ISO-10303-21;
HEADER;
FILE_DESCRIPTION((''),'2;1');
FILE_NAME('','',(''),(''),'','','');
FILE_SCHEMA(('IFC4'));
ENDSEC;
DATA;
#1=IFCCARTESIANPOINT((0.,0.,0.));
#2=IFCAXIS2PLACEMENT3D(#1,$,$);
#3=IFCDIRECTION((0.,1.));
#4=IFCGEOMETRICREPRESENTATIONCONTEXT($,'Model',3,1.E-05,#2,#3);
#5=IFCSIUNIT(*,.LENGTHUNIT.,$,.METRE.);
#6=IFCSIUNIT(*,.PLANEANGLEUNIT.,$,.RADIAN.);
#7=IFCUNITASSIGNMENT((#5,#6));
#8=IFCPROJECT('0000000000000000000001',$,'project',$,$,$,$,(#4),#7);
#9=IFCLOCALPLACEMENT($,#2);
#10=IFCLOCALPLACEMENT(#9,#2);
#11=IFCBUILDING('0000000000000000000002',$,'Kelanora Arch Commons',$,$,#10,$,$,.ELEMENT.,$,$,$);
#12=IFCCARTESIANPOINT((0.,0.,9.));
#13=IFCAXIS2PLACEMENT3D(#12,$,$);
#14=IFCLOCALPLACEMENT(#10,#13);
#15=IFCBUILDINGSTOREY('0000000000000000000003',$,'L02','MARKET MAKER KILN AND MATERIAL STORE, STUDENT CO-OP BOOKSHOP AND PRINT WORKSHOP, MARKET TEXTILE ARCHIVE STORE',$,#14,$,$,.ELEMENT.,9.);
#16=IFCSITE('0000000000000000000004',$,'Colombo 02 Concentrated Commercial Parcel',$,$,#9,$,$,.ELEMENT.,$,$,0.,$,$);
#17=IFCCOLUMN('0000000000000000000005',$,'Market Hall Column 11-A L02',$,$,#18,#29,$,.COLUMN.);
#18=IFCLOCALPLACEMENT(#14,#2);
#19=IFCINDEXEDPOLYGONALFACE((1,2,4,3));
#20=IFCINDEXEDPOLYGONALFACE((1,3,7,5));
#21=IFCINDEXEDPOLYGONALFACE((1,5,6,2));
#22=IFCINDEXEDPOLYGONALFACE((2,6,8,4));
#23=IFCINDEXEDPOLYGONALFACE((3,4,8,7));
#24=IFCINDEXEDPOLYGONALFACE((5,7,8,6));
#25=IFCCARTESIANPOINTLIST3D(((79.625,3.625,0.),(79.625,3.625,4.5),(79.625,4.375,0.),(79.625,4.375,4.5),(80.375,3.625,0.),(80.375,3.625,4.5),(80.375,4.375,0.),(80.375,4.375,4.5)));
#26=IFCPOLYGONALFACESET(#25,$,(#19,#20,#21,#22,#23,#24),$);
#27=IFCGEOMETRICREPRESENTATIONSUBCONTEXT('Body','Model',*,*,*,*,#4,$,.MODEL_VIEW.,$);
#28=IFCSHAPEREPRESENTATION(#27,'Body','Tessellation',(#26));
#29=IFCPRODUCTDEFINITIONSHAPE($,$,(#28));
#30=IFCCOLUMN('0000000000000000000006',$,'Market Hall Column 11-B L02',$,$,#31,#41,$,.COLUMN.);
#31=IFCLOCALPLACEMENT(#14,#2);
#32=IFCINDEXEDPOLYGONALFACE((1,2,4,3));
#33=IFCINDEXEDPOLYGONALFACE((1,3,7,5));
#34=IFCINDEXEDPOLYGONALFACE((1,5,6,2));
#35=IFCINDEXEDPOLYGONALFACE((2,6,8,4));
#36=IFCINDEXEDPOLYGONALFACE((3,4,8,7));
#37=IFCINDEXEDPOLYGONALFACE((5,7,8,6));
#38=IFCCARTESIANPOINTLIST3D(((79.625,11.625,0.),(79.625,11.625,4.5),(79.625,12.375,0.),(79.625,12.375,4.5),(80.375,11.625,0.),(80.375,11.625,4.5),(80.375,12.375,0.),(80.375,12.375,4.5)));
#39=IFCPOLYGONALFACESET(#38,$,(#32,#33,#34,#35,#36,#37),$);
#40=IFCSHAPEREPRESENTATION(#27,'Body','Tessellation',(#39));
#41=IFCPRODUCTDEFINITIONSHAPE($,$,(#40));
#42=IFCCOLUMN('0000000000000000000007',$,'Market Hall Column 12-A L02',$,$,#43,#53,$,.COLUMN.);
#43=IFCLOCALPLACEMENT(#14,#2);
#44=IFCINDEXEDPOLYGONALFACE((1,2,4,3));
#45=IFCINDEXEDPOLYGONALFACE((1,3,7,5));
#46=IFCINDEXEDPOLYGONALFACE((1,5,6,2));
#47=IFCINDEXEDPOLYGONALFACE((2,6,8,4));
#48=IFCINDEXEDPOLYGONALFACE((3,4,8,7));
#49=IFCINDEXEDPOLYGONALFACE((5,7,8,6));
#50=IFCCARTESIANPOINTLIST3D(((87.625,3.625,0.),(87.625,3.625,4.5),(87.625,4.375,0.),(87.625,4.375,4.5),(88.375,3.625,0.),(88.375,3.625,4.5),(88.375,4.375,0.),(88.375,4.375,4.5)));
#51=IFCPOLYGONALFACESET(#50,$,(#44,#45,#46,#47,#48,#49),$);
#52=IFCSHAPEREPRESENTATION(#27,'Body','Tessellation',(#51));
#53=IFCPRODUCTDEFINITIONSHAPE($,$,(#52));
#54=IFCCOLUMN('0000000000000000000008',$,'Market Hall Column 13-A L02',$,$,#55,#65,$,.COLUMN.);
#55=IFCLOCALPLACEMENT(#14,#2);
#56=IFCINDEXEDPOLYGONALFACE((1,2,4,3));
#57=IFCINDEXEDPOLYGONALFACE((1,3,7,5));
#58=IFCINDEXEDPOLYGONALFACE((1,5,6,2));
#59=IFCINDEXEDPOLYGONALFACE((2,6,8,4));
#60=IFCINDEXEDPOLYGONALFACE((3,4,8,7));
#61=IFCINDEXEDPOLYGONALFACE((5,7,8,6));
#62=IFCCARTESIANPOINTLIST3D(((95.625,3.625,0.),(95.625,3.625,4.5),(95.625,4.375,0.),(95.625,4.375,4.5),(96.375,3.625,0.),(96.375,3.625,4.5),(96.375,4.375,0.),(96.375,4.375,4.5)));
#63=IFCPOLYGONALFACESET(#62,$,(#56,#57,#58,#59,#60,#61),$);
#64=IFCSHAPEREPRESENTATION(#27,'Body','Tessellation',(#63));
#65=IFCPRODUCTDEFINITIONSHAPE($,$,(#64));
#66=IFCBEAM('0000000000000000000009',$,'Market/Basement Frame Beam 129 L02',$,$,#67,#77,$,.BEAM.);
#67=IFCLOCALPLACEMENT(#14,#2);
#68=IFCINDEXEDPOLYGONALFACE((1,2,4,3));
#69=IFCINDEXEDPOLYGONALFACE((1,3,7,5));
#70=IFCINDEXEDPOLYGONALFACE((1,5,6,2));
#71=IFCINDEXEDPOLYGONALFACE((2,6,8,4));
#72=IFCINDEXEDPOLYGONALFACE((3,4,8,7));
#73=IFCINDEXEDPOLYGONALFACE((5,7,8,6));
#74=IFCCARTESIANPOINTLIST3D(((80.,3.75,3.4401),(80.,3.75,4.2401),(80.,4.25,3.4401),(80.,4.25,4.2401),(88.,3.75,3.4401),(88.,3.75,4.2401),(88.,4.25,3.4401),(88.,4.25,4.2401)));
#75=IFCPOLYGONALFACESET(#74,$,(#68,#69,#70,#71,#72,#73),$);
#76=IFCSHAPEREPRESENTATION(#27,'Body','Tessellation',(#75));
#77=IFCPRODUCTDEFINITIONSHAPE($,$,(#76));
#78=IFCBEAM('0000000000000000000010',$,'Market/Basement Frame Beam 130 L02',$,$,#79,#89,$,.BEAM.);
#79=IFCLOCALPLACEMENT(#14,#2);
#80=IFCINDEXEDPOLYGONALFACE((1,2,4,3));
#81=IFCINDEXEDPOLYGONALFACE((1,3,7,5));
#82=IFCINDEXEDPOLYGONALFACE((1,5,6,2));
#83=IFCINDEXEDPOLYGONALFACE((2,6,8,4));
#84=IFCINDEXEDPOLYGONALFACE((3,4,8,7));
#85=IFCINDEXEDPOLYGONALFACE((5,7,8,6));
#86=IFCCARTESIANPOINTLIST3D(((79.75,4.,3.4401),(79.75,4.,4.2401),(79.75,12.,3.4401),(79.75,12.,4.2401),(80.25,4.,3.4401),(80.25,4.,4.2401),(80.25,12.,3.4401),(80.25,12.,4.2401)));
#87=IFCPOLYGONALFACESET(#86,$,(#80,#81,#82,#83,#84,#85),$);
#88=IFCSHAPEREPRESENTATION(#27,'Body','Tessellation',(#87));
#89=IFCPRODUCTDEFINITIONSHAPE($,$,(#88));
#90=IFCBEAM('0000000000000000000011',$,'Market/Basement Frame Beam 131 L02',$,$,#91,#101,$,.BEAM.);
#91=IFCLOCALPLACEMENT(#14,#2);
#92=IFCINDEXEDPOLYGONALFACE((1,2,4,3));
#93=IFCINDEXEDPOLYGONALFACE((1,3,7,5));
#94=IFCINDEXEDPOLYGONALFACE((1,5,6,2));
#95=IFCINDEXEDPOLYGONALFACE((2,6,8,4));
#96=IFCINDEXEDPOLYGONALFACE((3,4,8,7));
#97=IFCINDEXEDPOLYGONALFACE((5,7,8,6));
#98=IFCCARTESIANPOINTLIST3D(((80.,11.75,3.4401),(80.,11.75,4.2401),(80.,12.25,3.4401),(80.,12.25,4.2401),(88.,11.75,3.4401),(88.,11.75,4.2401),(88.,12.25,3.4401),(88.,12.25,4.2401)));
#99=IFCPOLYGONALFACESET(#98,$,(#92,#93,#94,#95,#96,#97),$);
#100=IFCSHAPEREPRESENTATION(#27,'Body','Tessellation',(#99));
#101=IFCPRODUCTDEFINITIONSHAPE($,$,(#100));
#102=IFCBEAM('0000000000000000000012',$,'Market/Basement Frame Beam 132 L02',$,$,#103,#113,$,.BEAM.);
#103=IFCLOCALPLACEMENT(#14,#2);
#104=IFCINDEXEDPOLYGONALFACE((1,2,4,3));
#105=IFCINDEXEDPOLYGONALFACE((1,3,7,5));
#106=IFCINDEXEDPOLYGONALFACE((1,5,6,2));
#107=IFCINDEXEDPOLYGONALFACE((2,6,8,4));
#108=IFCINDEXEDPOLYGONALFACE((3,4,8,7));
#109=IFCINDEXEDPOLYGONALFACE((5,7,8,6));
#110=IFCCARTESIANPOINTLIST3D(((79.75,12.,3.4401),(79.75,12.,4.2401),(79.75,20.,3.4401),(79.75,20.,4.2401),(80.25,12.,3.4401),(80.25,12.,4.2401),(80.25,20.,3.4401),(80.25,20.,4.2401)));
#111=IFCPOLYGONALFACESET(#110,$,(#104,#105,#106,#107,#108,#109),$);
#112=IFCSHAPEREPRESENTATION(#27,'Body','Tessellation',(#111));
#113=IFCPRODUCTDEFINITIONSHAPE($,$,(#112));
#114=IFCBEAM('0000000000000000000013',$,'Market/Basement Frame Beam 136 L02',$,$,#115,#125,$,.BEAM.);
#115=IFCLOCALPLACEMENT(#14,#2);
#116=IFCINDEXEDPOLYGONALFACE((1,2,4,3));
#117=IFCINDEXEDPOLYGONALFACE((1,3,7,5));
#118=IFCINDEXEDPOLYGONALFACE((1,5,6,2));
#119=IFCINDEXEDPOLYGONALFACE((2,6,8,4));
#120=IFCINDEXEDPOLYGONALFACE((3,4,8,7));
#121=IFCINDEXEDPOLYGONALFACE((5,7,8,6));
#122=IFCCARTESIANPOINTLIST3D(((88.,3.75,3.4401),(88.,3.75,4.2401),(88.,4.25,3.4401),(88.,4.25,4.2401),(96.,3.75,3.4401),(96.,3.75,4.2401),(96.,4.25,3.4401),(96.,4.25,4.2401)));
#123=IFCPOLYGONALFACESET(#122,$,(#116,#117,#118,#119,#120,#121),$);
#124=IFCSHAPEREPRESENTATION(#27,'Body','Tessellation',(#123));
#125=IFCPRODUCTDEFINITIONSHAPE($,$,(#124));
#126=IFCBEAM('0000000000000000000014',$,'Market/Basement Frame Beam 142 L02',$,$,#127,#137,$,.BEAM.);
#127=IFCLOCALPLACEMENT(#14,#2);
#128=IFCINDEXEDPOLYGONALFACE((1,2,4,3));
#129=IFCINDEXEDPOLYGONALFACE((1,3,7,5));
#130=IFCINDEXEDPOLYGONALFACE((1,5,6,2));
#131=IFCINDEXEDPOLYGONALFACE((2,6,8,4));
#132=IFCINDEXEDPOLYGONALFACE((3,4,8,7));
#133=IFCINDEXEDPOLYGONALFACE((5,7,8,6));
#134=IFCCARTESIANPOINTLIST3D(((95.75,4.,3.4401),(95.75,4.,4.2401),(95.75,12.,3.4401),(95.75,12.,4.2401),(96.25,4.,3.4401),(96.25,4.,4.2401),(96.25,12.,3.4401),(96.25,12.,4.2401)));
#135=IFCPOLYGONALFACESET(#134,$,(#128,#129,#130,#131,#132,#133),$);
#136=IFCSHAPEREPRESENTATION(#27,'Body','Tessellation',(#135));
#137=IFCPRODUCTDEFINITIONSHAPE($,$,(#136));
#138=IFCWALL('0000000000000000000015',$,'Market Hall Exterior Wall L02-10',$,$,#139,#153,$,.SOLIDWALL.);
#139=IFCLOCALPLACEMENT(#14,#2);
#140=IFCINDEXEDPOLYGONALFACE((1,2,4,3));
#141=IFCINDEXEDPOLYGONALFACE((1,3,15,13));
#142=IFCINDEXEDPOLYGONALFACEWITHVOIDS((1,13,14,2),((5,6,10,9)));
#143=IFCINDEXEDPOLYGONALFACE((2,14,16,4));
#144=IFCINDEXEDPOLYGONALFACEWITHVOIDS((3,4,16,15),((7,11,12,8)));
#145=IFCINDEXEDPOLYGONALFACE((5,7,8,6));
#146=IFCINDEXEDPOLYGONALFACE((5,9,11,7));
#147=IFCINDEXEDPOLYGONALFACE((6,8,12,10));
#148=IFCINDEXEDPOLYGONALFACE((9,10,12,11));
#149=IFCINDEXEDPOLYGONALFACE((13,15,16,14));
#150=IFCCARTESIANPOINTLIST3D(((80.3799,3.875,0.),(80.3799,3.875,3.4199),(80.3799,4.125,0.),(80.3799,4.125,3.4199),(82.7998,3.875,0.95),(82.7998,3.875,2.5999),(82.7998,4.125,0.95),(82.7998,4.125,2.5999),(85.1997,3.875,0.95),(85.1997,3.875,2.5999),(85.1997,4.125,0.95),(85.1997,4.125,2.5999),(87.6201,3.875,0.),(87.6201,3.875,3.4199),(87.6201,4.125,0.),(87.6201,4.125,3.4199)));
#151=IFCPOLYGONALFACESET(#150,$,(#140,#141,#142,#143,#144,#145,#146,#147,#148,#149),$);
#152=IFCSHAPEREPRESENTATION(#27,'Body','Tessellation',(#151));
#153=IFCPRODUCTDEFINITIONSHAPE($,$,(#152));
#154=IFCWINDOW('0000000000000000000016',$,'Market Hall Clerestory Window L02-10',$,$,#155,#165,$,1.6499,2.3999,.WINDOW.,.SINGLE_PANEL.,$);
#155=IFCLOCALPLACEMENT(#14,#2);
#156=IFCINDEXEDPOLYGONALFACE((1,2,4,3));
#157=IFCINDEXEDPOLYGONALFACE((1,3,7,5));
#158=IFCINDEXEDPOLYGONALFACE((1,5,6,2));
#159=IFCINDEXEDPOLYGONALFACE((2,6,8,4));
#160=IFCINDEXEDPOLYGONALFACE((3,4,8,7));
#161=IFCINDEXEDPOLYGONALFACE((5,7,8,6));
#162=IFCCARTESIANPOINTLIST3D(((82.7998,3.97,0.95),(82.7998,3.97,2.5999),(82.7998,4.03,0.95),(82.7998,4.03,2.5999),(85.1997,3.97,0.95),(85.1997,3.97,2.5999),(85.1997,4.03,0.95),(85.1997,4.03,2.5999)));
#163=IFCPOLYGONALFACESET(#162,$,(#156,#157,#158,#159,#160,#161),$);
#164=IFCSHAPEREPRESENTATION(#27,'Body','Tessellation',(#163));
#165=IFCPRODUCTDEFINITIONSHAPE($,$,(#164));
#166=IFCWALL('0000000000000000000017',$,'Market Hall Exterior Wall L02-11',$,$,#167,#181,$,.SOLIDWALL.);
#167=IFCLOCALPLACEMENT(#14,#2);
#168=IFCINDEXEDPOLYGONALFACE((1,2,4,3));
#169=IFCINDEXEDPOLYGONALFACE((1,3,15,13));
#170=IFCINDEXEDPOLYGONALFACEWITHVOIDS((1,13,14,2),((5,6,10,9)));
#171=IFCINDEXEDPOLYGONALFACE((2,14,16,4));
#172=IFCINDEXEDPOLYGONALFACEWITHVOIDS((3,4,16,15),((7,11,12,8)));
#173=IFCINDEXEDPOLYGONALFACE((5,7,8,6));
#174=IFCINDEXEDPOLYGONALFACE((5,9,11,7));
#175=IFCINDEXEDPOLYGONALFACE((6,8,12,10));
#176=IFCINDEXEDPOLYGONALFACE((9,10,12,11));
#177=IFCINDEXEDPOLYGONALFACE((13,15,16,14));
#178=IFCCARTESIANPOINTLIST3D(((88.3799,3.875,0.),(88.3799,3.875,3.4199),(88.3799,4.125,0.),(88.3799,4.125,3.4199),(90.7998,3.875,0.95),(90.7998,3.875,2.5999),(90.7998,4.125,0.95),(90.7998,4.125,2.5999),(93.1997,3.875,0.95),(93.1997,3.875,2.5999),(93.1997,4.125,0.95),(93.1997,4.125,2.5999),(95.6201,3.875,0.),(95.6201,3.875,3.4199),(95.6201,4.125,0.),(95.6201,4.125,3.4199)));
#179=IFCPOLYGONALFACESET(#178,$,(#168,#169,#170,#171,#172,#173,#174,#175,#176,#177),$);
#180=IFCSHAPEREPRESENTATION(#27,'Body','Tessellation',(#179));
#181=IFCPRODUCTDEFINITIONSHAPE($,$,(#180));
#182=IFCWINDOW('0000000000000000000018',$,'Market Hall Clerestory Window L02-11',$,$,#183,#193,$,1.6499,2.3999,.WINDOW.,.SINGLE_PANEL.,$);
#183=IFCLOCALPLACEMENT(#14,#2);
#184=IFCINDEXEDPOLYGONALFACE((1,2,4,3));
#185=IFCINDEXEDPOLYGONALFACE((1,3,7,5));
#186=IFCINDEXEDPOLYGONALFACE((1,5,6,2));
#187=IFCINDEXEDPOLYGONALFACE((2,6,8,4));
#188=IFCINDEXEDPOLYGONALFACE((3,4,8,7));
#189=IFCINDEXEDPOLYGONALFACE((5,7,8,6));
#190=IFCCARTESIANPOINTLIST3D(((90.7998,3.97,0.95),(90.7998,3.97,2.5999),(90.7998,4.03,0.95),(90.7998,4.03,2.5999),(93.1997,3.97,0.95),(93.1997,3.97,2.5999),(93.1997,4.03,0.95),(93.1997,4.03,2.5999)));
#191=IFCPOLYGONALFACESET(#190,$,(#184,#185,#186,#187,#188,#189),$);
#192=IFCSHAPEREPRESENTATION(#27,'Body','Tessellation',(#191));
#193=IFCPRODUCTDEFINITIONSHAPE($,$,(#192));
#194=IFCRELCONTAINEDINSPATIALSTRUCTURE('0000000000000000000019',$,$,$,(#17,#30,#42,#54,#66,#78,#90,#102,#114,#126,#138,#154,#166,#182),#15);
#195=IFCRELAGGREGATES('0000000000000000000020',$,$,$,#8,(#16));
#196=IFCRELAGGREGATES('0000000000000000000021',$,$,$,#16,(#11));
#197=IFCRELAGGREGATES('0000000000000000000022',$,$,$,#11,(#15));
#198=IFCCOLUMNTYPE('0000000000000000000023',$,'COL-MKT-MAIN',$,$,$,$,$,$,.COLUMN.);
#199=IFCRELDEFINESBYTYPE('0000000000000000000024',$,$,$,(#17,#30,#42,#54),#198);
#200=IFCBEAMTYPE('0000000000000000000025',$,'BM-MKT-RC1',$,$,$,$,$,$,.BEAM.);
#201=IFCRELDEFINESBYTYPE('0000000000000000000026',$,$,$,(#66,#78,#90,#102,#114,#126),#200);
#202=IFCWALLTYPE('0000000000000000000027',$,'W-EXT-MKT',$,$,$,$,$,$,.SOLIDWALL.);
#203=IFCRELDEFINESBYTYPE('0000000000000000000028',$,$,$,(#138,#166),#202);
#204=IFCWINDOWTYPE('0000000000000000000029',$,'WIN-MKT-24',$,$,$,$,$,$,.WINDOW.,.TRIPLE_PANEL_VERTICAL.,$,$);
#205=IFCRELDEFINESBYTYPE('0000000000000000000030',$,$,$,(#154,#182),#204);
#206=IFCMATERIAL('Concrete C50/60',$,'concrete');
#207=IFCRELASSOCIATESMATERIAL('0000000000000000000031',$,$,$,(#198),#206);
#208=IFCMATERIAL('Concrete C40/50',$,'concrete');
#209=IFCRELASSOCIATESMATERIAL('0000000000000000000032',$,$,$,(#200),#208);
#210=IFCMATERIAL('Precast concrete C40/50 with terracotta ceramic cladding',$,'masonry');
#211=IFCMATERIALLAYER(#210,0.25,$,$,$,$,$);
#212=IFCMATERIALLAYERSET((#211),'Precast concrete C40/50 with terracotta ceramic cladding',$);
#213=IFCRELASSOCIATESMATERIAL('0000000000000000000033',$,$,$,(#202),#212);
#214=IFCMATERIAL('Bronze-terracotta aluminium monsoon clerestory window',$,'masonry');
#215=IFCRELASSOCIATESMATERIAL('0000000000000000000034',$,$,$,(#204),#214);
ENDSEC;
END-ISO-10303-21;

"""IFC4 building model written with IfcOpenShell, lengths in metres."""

from ifc_helpers import new_model, si_unit, direction, frame, frame_2d, origin, origin_2d, place, context, subcontext, project, spatial, rectangle, extrude, material, layer, layer_set, material_profile, profile_set, type_object, element, fill, save


model = new_model("IFC4")

# Units and contexts
model_context = context("Model", 3, precision=1e-05, world=origin(), true_north=direction((0.0, 1.0)))
body_context = subcontext(model_context, "Body", "Model", "MODEL_VIEW")
ifc_project = project(units=[si_unit("LENGTHUNIT", "METRE"), si_unit("PLANEANGLEUNIT", "RADIAN")], contexts=[model_context])

# Site, building, storey
site_placement = place(None, origin())
site = spatial("IfcSite", under=ifc_project, at=site_placement, Name="Colombo 02 Concentrated Commercial Parcel", CompositionType="ELEMENT", RefElevation=0.0)
building_placement = place(site_placement, origin())
building = spatial("IfcBuilding", under=site, at=building_placement, Name="Kelanora Arch Commons", CompositionType="ELEMENT")
storey_placement = place(building_placement, frame((0.0, 0.0, 9.0)))
storey = spatial("IfcBuildingStorey", under=building, at=storey_placement, Name="L02", Description="MARKET MAKER KILN AND MATERIAL STORE, STUDENT CO-OP BOOKSHOP AND PRINT WORKSHOP, MARKET TEXTILE ARCHIVE STORE", CompositionType="ELEMENT", Elevation=9.0)

# Columns
ifc_material_1 = material(Name="Concrete C50/60", Category="concrete")
ifc_material_profile_1 = material_profile(ifc_material_1, rectangle(XDim=0.75, YDim=0.75, at=origin_2d()), Name="RC750x750")
ifc_profile_set_1 = profile_set([ifc_material_profile_1], Name="Concrete C50/60")
column_type = type_object("IfcColumnType", Name="COL-MKT-MAIN", PredefinedType="COLUMN", material=ifc_profile_set_1)
for number, where, z_axis, x_axis, name in (
    (1, (80.0, 4.0, 0.0), (0.0, 0.0, 1.0), (1.0, 0.0, 0.0), "Market Hall Column 11-A L02"),
    (2, (80.0, 12.0, 0.0), (0.0, 0.0, 1.0), (1.0, 0.0, 0.0), "Market Hall Column 11-B L02"),
    (3, (88.0, 4.0, 0.0), (0.0, 0.0, 1.0), (1.0, 0.0, 0.0), "Market Hall Column 12-A L02"),
    (4, (96.0, 4.0, 0.0), (0.0, 0.0, 1.0), (1.0, 0.0, 0.0), "Market Hall Column 13-A L02"),
):
    element("IfcColumn", number, at=place(storey_placement, frame(where, z_axis=z_axis, x_axis=x_axis)), inside=storey, type_object=column_type, Name=name, PredefinedType="COLUMN", context=body_context, shape_type="SweptSolid", body=[
        extrude(rectangle(XDim=0.75, YDim=0.75, at=origin_2d()), origin(), (0.0, 0.0, 1.0), 4.5),
    ])

# Beams
ifc_material_2 = material(Name="Concrete C40/50", Category="concrete")
ifc_material_profile_2 = material_profile(ifc_material_2, rectangle(XDim=0.5, YDim=0.8, at=origin_2d()), Name="RCB500x800")
ifc_profile_set_2 = profile_set([ifc_material_profile_2], Name="Concrete C40/50")
beam_type = type_object("IfcBeamType", Name="BM-MKT-RC1", PredefinedType="BEAM", material=ifc_profile_set_2)
for number, where, z_axis, x_axis, name in (
    (5, (80.0, 4.0, 3.8401), (1.0, 0.0, 0.0), (0.0, 1.0, 0.0), "Market/Basement Frame Beam 129 L02"),
    (6, (80.0, 4.0, 3.8401), (0.0, 1.0, 0.0), (-1.0, 0.0, 0.0), "Market/Basement Frame Beam 130 L02"),
    (7, (80.0, 12.0, 3.8401), (1.0, 0.0, 0.0), (0.0, 1.0, 0.0), "Market/Basement Frame Beam 131 L02"),
    (8, (80.0, 12.0, 3.8401), (0.0, 1.0, 0.0), (-1.0, 0.0, 0.0), "Market/Basement Frame Beam 132 L02"),
    (9, (88.0, 4.0, 3.8401), (1.0, 0.0, 0.0), (0.0, 1.0, 0.0), "Market/Basement Frame Beam 136 L02"),
    (10, (96.0, 4.0, 3.8401), (0.0, 1.0, 0.0), (-1.0, 0.0, 0.0), "Market/Basement Frame Beam 142 L02"),
):
    element("IfcBeam", number, at=place(storey_placement, frame(where, z_axis=z_axis, x_axis=x_axis)), inside=storey, type_object=beam_type, Name=name, PredefinedType="BEAM", context=body_context, shape_type="SweptSolid", body=[
        extrude(rectangle(XDim=0.5, YDim=0.8, at=origin_2d()), origin(), (0.0, 0.0, 1.0), 8.0),
    ])

# Walls, openings, windows
ifc_material_3 = material(Name="Precast concrete C40/50 with terracotta ceramic cladding", Category="masonry")
ifc_layer_1 = layer(ifc_material_3, 0.25)
ifc_layer_set_1 = layer_set([ifc_layer_1], Name="Precast concrete C40/50 with terracotta ceramic cladding")
wall_type_1 = type_object("IfcWallType", Name="W-EXT-MKT", PredefinedType="SOLIDWALL", material=ifc_layer_set_1)
wall_1_placement = place(storey_placement, frame((80.3799, 4.0, 0.0), z_axis=(0.0, 0.0, 1.0), x_axis=(1.0, 0.0, 0.0)))
wall_1 = element("IfcWall", 11, at=wall_1_placement, inside=storey, type_object=wall_type_1, Name="Market Hall Exterior Wall L02-10", PredefinedType="SOLIDWALL", context=body_context, shape_type="SweptSolid", body=[
    extrude(rectangle(XDim=7.2402, YDim=0.25, at=frame_2d((3.6201, 0.0))), origin(), (0.0, 0.0, 1.0), 3.4199),
])
opening_1_placement = place(wall_1_placement, frame((2.4199, 0.0, 0.95)))
opening_1 = element("IfcOpeningElement", 12, at=opening_1_placement, cuts=wall_1, PredefinedType="OPENING", context=body_context, shape_type="SweptSolid", body=[
    extrude(rectangle(XDim=2.3999, YDim=1.6499, at=frame_2d((1.2, 0.825))), frame((0.0, 0.135, 0.0), z_axis=(0.0, -1.0, 0.0), x_axis=(1.0, 0.0, 0.0)), (0.0, 0.0, 1.0), 0.27),
])
ifc_material_4 = material(Name="Bronze-terracotta aluminium monsoon clerestory window", Category="masonry")
window_type = type_object("IfcWindowType", Name="WIN-MKT-24", PartitioningType="TRIPLE_PANEL_VERTICAL", PredefinedType="WINDOW", material=ifc_material_4)
window_1_placement = place(opening_1_placement, origin())
window_1 = element("IfcWindow", 13, at=window_1_placement, inside=storey, type_object=window_type, Name="Market Hall Clerestory Window L02-10", OverallHeight=1.6499, OverallWidth=2.3999, PartitioningType="SINGLE_PANEL", PredefinedType="WINDOW", context=body_context, shape_type="SweptSolid", body=[
    extrude(rectangle(XDim=2.3999, YDim=1.6499, at=frame_2d((1.2, 0.825))), frame((0.0, 0.03, 0.0), z_axis=(0.0, -1.0, 0.0), x_axis=(1.0, 0.0, 0.0)), (0.0, 0.0, 1.0), 0.0601),
])
fill(opening_1, window_1)
wall_2_placement = place(storey_placement, frame((88.3799, 4.0, 0.0), z_axis=(0.0, 0.0, 1.0), x_axis=(1.0, 0.0, 0.0)))
wall_2 = element("IfcWall", 14, at=wall_2_placement, inside=storey, type_object=wall_type_1, Name="Market Hall Exterior Wall L02-11", PredefinedType="SOLIDWALL", context=body_context, shape_type="SweptSolid", body=[
    extrude(rectangle(XDim=7.2402, YDim=0.25, at=frame_2d((3.6201, 0.0))), origin(), (0.0, 0.0, 1.0), 3.4199),
])
opening_2_placement = place(wall_2_placement, frame((2.4199, 0.0, 0.95)))
opening_2 = element("IfcOpeningElement", 15, at=opening_2_placement, cuts=wall_2, PredefinedType="OPENING", context=body_context, shape_type="SweptSolid", body=[
    extrude(rectangle(XDim=2.3999, YDim=1.6499, at=frame_2d((1.2, 0.825))), frame((0.0, 0.135, 0.0), z_axis=(0.0, -1.0, 0.0), x_axis=(1.0, 0.0, 0.0)), (0.0, 0.0, 1.0), 0.27),
])
window_2_placement = place(opening_2_placement, origin())
window_2 = element("IfcWindow", 16, at=window_2_placement, inside=storey, type_object=window_type, Name="Market Hall Clerestory Window L02-11", OverallHeight=1.6499, OverallWidth=2.3999, PartitioningType="SINGLE_PANEL", PredefinedType="WINDOW", context=body_context, shape_type="SweptSolid", body=[
    extrude(rectangle(XDim=2.3999, YDim=1.6499, at=frame_2d((1.2, 0.825))), frame((0.0, 0.03, 0.0), z_axis=(0.0, -1.0, 0.0), x_axis=(1.0, 0.0, 0.0)), (0.0, 0.0, 1.0), 0.0601),
])
fill(opening_2, window_2)

save(model, "model.ifc")
